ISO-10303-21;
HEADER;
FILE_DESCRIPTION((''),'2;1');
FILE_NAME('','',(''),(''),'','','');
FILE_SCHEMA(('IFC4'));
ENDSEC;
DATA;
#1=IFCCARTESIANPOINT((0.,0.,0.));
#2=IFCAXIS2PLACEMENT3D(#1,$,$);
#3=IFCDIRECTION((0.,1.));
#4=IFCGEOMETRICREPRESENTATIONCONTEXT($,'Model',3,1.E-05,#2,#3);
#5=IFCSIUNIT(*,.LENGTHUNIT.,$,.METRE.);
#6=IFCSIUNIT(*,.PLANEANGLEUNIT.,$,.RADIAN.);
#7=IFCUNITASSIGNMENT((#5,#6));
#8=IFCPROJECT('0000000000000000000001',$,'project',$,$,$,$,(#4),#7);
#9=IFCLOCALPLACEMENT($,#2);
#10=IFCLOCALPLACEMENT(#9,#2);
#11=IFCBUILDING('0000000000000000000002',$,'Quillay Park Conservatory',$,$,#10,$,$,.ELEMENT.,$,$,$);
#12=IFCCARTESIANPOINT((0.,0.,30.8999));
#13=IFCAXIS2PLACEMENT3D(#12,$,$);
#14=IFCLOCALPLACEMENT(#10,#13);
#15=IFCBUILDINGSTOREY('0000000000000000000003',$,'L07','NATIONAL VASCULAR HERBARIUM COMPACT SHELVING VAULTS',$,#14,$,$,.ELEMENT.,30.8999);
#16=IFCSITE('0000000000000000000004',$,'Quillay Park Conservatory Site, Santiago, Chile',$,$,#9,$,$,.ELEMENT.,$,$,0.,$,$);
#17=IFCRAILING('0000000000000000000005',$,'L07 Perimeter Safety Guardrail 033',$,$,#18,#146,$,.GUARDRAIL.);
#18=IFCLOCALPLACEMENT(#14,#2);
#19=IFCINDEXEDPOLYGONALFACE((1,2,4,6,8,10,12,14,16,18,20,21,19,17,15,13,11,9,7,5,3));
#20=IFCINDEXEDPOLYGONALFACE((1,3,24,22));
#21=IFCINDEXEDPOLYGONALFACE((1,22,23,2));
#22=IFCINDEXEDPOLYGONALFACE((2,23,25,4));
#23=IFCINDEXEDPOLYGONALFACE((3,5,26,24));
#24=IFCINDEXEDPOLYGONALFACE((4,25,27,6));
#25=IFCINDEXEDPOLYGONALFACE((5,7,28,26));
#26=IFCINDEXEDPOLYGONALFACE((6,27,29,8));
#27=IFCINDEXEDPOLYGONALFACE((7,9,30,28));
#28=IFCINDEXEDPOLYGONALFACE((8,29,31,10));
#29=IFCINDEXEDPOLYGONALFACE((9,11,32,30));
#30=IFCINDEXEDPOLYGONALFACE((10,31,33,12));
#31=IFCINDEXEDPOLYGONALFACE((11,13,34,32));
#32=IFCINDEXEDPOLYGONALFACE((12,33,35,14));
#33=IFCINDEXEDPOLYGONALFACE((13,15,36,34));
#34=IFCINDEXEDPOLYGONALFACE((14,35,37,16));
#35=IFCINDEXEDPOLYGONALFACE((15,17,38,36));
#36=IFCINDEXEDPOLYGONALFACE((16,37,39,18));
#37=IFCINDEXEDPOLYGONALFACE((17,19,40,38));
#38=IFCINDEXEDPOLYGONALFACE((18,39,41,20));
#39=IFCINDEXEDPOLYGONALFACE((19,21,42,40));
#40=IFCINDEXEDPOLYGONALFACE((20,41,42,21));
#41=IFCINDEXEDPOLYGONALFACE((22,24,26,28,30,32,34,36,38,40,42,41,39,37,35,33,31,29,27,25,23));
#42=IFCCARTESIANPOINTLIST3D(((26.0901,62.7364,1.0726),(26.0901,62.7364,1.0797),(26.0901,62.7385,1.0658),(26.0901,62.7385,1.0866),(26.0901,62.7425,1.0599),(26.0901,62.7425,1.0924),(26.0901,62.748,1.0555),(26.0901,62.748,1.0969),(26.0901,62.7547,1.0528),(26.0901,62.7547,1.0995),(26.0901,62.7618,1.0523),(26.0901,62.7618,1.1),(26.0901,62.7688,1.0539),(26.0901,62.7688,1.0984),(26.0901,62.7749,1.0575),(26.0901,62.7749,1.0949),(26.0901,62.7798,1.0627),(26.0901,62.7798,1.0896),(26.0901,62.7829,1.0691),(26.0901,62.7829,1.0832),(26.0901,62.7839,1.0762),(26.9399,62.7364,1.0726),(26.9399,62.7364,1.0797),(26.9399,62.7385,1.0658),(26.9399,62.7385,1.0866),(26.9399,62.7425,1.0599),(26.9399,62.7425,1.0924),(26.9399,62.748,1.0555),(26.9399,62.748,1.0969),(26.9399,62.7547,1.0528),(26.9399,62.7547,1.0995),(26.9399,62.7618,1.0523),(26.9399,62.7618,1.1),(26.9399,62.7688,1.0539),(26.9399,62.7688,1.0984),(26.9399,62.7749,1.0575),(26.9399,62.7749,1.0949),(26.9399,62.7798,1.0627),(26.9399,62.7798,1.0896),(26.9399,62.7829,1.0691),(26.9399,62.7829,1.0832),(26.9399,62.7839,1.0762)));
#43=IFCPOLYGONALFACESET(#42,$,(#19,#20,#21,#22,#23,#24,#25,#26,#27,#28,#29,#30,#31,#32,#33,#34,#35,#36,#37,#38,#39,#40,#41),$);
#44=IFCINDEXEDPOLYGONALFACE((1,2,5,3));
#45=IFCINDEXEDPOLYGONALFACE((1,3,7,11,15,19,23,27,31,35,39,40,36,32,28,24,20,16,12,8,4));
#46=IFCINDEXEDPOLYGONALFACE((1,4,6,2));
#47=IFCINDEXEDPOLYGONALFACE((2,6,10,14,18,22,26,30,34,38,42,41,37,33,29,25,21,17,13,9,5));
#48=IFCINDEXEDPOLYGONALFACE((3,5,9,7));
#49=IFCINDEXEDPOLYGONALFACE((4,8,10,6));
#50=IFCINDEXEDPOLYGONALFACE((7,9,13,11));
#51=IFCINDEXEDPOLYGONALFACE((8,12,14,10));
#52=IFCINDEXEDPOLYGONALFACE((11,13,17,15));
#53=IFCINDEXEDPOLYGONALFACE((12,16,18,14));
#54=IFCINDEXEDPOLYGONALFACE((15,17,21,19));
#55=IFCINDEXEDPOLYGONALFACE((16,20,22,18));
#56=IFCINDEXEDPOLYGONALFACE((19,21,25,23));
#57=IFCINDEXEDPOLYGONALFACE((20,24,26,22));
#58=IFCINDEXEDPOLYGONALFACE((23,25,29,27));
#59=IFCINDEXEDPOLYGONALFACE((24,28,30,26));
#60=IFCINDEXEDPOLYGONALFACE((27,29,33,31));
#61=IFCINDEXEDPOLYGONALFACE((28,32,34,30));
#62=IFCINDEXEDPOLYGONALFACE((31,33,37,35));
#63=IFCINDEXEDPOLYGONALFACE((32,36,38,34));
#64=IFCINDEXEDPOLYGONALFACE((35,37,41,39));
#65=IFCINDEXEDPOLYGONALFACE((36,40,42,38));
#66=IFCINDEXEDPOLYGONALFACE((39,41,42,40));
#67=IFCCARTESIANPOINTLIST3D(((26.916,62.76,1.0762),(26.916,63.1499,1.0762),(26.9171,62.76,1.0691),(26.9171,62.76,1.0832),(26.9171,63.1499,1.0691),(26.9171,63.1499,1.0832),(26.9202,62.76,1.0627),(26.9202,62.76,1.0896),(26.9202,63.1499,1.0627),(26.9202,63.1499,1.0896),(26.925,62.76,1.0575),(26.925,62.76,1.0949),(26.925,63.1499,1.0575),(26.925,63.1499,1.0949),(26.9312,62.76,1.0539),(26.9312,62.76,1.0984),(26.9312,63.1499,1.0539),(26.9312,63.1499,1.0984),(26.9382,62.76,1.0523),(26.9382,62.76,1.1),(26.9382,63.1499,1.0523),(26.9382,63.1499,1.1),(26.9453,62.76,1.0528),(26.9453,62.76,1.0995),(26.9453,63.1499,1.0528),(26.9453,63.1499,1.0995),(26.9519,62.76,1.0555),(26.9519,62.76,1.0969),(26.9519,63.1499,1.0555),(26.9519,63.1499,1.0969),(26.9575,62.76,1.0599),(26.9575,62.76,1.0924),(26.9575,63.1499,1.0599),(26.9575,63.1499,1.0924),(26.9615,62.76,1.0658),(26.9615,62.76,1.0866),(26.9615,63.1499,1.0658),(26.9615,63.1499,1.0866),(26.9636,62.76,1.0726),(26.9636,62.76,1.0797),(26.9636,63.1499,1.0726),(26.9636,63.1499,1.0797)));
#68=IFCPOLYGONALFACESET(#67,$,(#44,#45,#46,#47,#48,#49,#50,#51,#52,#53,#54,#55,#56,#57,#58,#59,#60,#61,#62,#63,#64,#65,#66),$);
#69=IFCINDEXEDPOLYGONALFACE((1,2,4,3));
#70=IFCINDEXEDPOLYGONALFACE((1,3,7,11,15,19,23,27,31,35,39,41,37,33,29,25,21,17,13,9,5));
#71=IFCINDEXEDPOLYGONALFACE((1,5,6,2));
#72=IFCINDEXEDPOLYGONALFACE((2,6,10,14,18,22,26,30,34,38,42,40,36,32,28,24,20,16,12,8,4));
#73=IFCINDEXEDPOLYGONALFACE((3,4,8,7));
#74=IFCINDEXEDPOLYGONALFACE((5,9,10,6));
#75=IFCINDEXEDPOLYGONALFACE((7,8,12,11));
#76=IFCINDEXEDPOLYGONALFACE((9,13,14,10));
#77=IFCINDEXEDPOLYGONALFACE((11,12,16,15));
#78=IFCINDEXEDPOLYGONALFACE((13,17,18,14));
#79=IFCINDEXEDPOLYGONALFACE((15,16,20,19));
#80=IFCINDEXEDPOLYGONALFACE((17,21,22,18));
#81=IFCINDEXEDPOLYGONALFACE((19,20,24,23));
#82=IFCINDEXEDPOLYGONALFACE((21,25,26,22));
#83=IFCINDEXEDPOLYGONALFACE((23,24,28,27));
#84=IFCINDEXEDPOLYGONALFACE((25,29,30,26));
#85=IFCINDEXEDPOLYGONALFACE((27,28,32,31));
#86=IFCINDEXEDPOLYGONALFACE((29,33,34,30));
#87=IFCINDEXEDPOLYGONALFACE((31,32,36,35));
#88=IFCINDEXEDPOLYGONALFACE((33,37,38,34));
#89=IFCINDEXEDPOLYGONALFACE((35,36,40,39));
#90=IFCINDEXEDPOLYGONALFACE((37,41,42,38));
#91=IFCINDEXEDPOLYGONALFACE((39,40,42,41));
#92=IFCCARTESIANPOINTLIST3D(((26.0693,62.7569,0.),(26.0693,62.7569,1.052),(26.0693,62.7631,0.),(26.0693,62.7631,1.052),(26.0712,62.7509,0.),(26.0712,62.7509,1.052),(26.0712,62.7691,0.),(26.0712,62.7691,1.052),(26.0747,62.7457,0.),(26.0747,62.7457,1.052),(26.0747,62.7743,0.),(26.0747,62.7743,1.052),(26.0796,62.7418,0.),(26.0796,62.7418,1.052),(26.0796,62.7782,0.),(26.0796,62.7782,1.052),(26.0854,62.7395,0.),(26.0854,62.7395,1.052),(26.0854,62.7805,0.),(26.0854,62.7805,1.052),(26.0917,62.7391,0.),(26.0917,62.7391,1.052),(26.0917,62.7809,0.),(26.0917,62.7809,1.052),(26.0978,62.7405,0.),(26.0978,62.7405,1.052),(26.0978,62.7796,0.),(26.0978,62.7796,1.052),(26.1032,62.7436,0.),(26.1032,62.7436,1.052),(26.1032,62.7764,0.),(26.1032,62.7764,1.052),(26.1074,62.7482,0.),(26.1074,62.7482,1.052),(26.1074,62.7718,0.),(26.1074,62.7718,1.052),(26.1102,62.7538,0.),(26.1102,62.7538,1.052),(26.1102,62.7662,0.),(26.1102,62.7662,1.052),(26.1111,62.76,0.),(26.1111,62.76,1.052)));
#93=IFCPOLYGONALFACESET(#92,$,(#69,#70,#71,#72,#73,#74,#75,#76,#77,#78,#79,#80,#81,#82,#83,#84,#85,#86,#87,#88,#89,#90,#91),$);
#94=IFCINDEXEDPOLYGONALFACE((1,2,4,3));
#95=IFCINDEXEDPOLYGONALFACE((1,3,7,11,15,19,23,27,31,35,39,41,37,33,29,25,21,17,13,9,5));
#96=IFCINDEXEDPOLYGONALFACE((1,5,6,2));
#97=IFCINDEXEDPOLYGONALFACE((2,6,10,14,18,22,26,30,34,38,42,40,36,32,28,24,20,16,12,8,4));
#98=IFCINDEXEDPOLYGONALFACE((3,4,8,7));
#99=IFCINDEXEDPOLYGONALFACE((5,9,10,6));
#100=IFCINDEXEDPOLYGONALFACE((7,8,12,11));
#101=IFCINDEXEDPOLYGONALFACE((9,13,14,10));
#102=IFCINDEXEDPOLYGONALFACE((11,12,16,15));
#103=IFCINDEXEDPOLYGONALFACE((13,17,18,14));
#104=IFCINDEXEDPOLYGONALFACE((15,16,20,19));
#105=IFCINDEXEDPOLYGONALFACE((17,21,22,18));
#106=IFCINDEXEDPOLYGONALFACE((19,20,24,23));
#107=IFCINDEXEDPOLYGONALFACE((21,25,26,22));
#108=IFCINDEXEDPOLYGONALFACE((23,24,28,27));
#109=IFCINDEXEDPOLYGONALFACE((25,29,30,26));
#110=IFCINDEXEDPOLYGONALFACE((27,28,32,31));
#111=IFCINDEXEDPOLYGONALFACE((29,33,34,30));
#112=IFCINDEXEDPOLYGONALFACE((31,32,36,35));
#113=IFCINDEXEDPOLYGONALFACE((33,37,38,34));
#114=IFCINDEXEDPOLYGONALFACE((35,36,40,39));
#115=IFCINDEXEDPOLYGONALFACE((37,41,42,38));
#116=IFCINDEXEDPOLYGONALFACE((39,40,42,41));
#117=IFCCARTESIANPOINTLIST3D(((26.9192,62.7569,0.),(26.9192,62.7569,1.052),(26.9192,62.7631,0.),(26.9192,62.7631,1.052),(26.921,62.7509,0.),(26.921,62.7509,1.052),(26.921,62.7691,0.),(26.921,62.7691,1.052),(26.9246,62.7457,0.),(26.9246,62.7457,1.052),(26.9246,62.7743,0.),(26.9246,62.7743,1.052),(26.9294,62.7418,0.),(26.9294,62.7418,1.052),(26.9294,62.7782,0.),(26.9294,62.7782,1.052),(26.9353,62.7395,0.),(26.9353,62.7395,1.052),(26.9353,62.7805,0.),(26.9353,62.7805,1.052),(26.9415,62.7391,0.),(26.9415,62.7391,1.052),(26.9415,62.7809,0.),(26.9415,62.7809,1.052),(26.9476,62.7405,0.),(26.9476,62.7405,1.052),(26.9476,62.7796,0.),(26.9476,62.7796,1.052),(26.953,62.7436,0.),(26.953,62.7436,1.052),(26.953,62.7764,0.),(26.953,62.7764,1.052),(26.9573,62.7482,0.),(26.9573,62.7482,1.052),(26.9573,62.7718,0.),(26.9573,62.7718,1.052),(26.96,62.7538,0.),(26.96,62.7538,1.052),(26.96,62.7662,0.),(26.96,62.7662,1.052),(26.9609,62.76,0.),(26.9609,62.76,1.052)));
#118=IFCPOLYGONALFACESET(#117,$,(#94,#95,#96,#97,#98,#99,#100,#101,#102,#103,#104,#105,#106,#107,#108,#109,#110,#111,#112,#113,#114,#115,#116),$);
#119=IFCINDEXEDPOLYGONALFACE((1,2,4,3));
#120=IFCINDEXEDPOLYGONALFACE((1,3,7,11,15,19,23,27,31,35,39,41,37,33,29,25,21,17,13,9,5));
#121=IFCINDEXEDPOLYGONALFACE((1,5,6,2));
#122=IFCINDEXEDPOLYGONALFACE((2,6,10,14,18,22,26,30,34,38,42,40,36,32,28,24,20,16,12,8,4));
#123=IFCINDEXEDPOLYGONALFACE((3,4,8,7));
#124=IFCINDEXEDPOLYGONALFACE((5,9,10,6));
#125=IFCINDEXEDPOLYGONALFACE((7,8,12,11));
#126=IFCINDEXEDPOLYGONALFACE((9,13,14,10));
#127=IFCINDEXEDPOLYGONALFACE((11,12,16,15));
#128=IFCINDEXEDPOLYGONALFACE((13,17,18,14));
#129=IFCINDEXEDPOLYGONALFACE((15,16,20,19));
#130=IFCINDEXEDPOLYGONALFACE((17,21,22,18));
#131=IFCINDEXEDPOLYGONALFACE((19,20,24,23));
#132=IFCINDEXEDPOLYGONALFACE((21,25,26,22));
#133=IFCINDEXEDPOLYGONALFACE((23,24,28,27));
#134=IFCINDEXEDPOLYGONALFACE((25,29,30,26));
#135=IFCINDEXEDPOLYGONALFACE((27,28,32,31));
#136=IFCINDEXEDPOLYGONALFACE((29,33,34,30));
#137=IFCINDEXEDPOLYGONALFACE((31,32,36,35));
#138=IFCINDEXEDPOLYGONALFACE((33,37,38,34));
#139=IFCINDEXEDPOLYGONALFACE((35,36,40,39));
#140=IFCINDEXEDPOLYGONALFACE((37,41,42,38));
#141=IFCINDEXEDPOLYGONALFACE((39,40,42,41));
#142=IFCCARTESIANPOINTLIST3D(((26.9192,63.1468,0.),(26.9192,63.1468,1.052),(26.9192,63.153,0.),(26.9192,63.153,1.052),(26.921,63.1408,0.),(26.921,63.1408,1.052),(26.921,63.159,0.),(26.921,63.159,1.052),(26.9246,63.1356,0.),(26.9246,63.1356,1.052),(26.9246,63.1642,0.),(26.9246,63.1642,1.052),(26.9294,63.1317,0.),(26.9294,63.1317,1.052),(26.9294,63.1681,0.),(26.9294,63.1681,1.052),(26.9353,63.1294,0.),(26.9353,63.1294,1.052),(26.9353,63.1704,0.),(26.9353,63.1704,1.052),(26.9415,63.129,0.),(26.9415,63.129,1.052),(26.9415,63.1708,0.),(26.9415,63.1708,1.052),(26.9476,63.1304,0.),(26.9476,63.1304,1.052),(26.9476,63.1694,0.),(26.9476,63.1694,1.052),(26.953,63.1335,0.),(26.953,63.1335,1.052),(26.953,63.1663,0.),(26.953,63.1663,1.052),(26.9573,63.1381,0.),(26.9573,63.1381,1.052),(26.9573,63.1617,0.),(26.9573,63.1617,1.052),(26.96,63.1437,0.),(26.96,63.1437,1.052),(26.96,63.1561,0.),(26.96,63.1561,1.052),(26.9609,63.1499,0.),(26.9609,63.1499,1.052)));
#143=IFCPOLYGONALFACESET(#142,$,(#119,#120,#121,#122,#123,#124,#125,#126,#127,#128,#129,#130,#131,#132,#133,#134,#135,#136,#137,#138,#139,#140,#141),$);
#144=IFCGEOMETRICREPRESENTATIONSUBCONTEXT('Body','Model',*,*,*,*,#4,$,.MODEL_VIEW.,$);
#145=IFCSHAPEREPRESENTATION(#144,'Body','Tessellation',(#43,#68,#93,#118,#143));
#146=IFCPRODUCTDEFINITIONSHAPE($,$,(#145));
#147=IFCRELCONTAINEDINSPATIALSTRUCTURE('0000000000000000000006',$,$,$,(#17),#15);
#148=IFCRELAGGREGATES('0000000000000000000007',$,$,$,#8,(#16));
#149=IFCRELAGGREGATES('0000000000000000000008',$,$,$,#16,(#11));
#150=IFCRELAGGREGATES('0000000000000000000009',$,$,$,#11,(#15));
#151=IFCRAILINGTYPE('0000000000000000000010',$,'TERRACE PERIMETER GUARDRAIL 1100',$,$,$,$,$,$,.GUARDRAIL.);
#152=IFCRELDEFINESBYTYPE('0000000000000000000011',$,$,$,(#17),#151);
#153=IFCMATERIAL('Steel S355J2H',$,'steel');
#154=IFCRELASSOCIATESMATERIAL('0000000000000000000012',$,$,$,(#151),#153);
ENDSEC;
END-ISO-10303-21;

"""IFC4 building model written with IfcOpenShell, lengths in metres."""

from ifc_helpers import new_model, si_unit, direction, frame, origin, origin_2d, place, context, subcontext, project, spatial, circle, extrude, material, type_object, element, save


model = new_model("IFC4")

# Units and contexts
model_context = context("Model", 3, precision=1e-05, world=origin(), true_north=direction((0.0, 1.0)))
body_context = subcontext(model_context, "Body", "Model", "MODEL_VIEW")
ifc_project = project(units=[si_unit("LENGTHUNIT", "METRE"), si_unit("PLANEANGLEUNIT", "RADIAN")], contexts=[model_context])

# Site, building, storey
site_placement = place(None, origin())
site = spatial("IfcSite", under=ifc_project, at=site_placement, Name="Quillay Park Conservatory Site, Santiago, Chile", CompositionType="ELEMENT", RefElevation=0.0)
building_placement = place(site_placement, origin())
building = spatial("IfcBuilding", under=site, at=building_placement, Name="Quillay Park Conservatory", CompositionType="ELEMENT")
storey_placement = place(building_placement, frame((0.0, 0.0, 30.8999)))
storey = spatial("IfcBuildingStorey", under=building, at=storey_placement, Name="L07", Description="NATIONAL VASCULAR HERBARIUM COMPACT SHELVING VAULTS", CompositionType="ELEMENT", Elevation=30.8999)

# Railing
ifc_material_1 = material(Name="Steel S355J2H", Category="steel")
railing_type = type_object("IfcRailingType", Name="TERRACE PERIMETER GUARDRAIL 1100", PredefinedType="GUARDRAIL", material=ifc_material_1)
railing_placement = place(storey_placement, frame((26.0901, 62.76, 0.0)))
element("IfcRailing", 1, at=railing_placement, inside=storey, type_object=railing_type, Name="L07 Perimeter Safety Guardrail 033", PredefinedType="GUARDRAIL", context=body_context, shape_type="SweptSolid", body=[
    extrude(circle(Radius=0.0239, at=origin_2d()), frame((0.0, 0.0, 1.0762), z_axis=(1.0, 0.0, 0.0), x_axis=(0.0, 1.0, 0.0)), (0.0, 0.0, 1.0), 0.8499),
    extrude(circle(Radius=0.0239, at=origin_2d()), frame((0.8499, 0.0, 1.0762), z_axis=(0.0, 1.0, 0.0), x_axis=(-1.0, 0.0, 0.0)), (0.0, 0.0, 1.0), 0.3899),
    extrude(circle(Radius=0.021, at=origin_2d()), origin(), (0.0, 0.0, 1.0), 1.052),
    extrude(circle(Radius=0.021, at=origin_2d()), frame((0.8499, 0.0, 0.0)), (0.0, 0.0, 1.0), 1.052),
    extrude(circle(Radius=0.021, at=origin_2d()), frame((0.8499, 0.3899, 0.0)), (0.0, 0.0, 1.0), 1.052),
])

save(model, "model.ifc")
